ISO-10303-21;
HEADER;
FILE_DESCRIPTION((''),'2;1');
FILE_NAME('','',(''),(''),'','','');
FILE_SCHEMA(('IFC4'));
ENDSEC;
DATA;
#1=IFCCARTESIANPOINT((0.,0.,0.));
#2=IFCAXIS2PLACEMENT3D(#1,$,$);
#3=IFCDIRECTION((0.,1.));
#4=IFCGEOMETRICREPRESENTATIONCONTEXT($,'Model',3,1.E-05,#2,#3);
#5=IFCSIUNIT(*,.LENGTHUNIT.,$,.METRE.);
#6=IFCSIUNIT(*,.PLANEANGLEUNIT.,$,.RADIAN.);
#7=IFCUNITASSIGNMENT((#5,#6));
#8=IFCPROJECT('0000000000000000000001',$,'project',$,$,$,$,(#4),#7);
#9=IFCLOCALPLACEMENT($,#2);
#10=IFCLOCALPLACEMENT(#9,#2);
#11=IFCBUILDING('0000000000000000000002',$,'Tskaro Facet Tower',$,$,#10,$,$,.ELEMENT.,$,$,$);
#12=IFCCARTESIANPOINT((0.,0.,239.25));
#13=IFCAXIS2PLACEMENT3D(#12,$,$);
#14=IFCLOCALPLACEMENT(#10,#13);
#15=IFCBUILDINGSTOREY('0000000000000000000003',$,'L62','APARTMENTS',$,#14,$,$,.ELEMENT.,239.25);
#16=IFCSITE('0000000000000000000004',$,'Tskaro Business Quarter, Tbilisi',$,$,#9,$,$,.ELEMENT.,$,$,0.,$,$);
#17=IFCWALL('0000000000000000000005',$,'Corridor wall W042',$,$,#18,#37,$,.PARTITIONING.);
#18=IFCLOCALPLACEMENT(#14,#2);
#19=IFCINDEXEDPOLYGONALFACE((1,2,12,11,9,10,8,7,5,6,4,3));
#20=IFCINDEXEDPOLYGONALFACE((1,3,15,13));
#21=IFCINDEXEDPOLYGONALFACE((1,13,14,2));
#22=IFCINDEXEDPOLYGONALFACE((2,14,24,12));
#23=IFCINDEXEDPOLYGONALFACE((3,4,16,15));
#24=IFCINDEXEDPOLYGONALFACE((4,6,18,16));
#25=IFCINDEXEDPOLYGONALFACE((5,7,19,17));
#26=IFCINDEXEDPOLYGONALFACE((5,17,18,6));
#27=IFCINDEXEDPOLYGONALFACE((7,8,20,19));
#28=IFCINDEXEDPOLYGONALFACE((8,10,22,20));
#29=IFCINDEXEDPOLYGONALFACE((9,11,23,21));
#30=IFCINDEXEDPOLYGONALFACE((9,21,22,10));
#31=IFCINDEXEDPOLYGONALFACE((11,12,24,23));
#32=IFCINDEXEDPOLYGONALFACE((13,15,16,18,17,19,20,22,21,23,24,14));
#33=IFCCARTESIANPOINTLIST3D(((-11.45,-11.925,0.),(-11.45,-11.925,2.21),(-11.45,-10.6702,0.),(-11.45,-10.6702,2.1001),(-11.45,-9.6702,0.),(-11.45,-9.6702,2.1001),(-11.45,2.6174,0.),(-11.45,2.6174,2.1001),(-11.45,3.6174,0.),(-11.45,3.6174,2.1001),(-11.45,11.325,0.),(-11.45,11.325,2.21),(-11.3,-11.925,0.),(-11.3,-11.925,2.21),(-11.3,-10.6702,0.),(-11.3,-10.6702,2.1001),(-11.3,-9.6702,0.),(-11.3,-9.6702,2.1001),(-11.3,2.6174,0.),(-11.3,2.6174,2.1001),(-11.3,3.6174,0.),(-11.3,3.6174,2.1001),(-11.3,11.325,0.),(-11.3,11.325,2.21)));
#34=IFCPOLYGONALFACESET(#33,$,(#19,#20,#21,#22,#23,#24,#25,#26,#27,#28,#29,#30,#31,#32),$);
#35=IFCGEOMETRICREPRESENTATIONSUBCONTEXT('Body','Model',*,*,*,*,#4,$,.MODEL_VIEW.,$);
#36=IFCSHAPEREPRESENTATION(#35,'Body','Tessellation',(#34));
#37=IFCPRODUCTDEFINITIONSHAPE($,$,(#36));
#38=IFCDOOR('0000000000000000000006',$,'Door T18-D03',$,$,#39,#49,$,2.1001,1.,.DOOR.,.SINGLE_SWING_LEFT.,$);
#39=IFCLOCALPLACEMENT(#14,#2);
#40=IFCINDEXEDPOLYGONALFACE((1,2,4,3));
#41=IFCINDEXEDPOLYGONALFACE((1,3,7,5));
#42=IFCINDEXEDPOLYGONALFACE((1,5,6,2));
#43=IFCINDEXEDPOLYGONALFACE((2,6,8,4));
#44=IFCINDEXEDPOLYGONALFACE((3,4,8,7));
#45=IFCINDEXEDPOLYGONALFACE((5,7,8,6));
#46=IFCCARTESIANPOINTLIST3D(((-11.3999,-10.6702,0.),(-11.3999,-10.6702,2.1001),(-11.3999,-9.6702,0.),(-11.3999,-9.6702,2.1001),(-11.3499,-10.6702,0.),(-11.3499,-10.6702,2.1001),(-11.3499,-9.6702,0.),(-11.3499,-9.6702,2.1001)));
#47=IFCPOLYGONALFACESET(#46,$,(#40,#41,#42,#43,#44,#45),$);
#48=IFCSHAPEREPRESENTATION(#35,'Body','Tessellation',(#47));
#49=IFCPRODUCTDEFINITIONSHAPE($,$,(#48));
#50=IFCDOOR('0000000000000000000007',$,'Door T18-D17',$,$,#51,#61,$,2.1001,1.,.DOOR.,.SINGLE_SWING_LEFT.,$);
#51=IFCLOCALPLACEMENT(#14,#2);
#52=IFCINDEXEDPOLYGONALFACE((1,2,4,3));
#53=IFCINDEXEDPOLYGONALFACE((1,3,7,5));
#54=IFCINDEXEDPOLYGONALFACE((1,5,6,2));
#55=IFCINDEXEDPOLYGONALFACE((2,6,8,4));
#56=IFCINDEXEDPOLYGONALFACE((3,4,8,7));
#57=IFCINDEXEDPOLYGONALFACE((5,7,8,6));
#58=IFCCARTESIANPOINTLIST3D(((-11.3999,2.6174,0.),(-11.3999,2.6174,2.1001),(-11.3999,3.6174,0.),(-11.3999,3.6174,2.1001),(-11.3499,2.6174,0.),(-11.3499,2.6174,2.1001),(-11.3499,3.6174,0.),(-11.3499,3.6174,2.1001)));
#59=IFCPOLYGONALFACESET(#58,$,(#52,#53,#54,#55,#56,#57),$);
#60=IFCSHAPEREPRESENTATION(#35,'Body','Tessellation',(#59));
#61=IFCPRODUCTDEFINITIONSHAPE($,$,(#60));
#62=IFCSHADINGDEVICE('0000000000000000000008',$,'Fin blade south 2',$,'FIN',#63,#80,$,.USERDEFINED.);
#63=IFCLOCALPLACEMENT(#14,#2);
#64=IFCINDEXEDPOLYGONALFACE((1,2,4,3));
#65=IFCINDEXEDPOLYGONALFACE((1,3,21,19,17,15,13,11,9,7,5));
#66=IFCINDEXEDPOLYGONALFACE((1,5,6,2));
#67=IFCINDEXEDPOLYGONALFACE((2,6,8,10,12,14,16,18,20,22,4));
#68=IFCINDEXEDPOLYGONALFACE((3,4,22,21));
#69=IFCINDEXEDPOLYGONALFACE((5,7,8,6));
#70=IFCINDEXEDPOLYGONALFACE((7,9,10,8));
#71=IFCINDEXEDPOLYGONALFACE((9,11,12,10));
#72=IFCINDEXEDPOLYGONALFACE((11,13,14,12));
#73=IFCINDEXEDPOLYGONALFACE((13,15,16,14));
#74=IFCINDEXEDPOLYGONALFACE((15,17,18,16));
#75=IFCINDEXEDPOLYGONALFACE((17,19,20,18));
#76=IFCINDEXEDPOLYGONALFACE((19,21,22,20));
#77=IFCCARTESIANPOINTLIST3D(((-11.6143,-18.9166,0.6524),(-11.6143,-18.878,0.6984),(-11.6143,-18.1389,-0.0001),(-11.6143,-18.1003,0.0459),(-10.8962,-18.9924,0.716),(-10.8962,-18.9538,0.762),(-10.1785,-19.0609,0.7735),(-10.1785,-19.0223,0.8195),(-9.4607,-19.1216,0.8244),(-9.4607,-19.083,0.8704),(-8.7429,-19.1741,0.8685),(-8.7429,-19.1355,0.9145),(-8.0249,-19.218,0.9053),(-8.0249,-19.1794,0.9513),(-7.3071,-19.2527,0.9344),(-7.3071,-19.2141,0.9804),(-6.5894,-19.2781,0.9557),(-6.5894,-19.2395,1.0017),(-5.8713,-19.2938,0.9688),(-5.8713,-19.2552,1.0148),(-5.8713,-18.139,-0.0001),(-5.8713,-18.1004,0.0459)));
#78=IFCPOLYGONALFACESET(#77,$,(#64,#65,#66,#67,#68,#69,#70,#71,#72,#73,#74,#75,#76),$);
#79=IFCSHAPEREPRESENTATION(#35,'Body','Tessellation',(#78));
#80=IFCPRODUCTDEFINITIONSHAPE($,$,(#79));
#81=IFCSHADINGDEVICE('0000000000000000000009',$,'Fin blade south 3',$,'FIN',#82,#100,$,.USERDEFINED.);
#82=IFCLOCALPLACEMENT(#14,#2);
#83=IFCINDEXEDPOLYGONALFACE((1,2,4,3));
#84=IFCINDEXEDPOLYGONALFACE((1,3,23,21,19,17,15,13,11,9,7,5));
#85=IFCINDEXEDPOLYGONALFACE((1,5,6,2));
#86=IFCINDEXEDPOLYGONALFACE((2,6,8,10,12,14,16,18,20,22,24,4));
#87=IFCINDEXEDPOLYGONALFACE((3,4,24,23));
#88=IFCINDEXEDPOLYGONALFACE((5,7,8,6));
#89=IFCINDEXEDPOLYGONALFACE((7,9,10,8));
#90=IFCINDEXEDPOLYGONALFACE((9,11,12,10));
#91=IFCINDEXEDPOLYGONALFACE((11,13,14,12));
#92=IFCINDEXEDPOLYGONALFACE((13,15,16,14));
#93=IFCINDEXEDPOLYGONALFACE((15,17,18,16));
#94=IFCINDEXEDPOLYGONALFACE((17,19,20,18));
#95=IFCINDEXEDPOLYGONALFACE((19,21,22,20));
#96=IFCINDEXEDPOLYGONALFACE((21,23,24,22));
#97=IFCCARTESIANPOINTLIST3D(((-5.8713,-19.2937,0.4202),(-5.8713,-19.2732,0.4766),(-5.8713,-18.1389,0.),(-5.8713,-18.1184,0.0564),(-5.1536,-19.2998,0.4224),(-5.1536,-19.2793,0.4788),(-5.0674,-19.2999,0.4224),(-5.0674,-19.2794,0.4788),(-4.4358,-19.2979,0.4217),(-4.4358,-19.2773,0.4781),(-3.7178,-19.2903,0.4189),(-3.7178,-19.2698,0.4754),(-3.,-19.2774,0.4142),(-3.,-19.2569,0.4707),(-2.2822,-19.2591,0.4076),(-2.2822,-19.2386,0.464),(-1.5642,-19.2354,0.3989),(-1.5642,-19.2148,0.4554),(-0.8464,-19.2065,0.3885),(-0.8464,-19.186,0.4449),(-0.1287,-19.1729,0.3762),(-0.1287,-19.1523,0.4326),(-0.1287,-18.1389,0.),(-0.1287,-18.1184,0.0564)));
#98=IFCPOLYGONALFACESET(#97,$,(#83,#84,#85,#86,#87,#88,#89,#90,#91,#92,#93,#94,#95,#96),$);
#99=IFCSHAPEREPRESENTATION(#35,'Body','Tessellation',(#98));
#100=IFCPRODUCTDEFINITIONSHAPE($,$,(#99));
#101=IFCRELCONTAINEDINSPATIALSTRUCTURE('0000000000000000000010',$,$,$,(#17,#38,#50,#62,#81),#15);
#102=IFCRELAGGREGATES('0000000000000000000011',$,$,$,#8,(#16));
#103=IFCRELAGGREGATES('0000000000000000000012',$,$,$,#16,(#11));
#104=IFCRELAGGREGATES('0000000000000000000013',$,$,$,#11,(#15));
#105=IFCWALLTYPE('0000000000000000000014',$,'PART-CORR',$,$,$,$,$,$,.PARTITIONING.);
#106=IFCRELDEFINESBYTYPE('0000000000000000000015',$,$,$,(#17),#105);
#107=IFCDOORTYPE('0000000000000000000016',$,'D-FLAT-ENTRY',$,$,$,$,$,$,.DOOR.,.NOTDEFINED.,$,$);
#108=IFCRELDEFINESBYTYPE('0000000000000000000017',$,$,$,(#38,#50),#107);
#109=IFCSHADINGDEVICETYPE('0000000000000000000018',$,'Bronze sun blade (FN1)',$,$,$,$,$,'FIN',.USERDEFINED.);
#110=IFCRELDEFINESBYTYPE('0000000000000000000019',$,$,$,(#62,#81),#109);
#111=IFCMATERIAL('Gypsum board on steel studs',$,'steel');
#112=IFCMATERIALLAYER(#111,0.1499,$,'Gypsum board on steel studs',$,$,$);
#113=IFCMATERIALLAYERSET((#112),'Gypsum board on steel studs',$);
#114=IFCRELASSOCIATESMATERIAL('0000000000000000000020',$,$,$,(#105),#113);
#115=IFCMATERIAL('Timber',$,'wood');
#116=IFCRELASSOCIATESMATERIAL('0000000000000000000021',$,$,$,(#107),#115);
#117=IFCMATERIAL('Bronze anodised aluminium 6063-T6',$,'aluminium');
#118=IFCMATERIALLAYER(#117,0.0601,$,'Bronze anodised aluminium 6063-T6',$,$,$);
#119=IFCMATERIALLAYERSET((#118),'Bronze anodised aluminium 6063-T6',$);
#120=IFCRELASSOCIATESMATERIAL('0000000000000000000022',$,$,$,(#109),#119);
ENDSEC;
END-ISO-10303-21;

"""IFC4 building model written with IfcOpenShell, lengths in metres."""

from ifc_helpers import new_model, si_unit, direction, frame, frame_2d, origin, place, context, subcontext, project, spatial, polyline, rectangle, outline, extrude, material, layer, layer_set, type_object, element, fill, save


model = new_model("IFC4")

# Units and contexts
model_context = context("Model", 3, precision=1e-05, world=origin(), true_north=direction((0.0, 1.0)))
body_context = subcontext(model_context, "Body", "Model", "MODEL_VIEW")
ifc_project = project(units=[si_unit("LENGTHUNIT", "METRE"), si_unit("PLANEANGLEUNIT", "RADIAN")], contexts=[model_context])

# Site, building, storey
site_placement = place(None, origin())
site = spatial("IfcSite", under=ifc_project, at=site_placement, Name="Tskaro Business Quarter, Tbilisi", CompositionType="ELEMENT", RefElevation=0.0)
building_placement = place(site_placement, origin())
building = spatial("IfcBuilding", under=site, at=building_placement, Name="Tskaro Facet Tower", CompositionType="ELEMENT")
storey_placement = place(building_placement, frame((0.0, 0.0, 239.25)))
storey = spatial("IfcBuildingStorey", under=building, at=storey_placement, Name="L62", Description="APARTMENTS", CompositionType="ELEMENT", Elevation=239.25)

# Shared definitions
ifc_material_1 = material(Name="Bronze anodised aluminium 6063-T6", Category="aluminium")

# Shared definitions
ifc_material_2 = material(Name="Gypsum board on steel studs", Category="steel")

# Shared definitions
ifc_layer_1 = layer(ifc_material_2, 0.1499, Name="Gypsum board on steel studs")
ifc_layer_set_1 = layer_set([ifc_layer_1], Name="Gypsum board on steel studs")
wall_type_1 = type_object("IfcWallType", Name="PART-CORR", PredefinedType="PARTITIONING", material=ifc_layer_set_1)
ifc_material_3 = material(Name="Timber", Category="wood")

# Wall, openings, doors
wall_1_placement = place(storey_placement, frame((-11.375, -11.925, 0.0), z_axis=(0.0, 0.0, 1.0), x_axis=(0.0, 1.0, 0.0)))
wall_1 = element("IfcWall", 1, at=wall_1_placement, inside=storey, type_object=wall_type_1, Name="Corridor wall W042", PredefinedType="PARTITIONING", context=body_context, shape_type="SweptSolid", body=[
    extrude(rectangle(XDim=23.25, YDim=0.1499, at=frame_2d((11.625, 0.0))), origin(), (0.0, 0.0, 1.0), 2.21),
])
opening_1_placement = place(wall_1_placement, frame((1.2549, 0.0, 0.0)))
opening_1 = element("IfcOpeningElement", 2, at=opening_1_placement, cuts=wall_1, PredefinedType="OPENING", context=body_context, shape_type="SweptSolid", body=[
    extrude(rectangle(XDim=1.0, YDim=2.1001, at=frame_2d((0.5, 1.05))), frame((0.0, 0.085, 0.0), z_axis=(0.0, -1.0, 0.0), x_axis=(1.0, 0.0, 0.0)), (0.0, 0.0, 1.0), 0.1699),
])
opening_2_placement = place(wall_1_placement, frame((14.5425, 0.0, 0.0)))
opening_2 = element("IfcOpeningElement", 3, at=opening_2_placement, cuts=wall_1, PredefinedType="OPENING", context=body_context, shape_type="SweptSolid", body=[
    extrude(rectangle(XDim=1.0, YDim=2.1001, at=frame_2d((0.5, 1.05))), frame((0.0, 0.085, 0.0), z_axis=(0.0, -1.0, 0.0), x_axis=(1.0, 0.0, 0.0)), (0.0, 0.0, 1.0), 0.1699),
])
door_type_1 = type_object("IfcDoorType", Name="D-FLAT-ENTRY", OperationType="NOTDEFINED", PredefinedType="DOOR", material=ifc_material_3)
door_1_placement = place(opening_1_placement, origin())
door_1 = element("IfcDoor", 4, at=door_1_placement, inside=storey, type_object=door_type_1, Name="Door T18-D03", OperationType="SINGLE_SWING_LEFT", OverallHeight=2.1001, OverallWidth=1.0, PredefinedType="DOOR", context=body_context, shape_type="SweptSolid", body=[
    extrude(rectangle(XDim=1.0, YDim=2.1001, at=frame_2d((0.5, 1.05))), frame((0.0, 0.0249, 0.0), z_axis=(0.0, -1.0, 0.0), x_axis=(1.0, 0.0, 0.0)), (0.0, 0.0, 1.0), 0.05),
])
fill(opening_1, door_1)
door_2_placement = place(opening_2_placement, origin())
door_2 = element("IfcDoor", 5, at=door_2_placement, inside=storey, type_object=door_type_1, Name="Door T18-D17", OperationType="SINGLE_SWING_LEFT", OverallHeight=2.1001, OverallWidth=1.0, PredefinedType="DOOR", context=body_context, shape_type="SweptSolid", body=[
    extrude(rectangle(XDim=1.0, YDim=2.1001, at=frame_2d((0.5, 1.05))), frame((0.0, 0.0249, 0.0), z_axis=(0.0, -1.0, 0.0), x_axis=(1.0, 0.0, 0.0)), (0.0, 0.0, 1.0), 0.05),
])
fill(opening_2, door_2)

# Shading devices
ifc_layer_2 = layer(ifc_material_1, 0.0601, Name="Bronze anodised aluminium 6063-T6")
ifc_layer_set_2 = layer_set([ifc_layer_2], Name="Bronze anodised aluminium 6063-T6")
shading_device_type = type_object("IfcShadingDeviceType", Name="Bronze sun blade (FN1)", ElementType="FIN", PredefinedType="USERDEFINED", material=ifc_layer_set_2)
shading_device_1_placement = place(storey_placement, frame((-11.6143, -18.1003, 0.0459), z_axis=(0.000004, 0.642776, 0.766054), x_axis=(1.0, -0.000002, -0.000003)))
element("IfcShadingDevice", 6, at=shading_device_1_placement, inside=storey, type_object=shading_device_type, Name="Fin blade south 2", ObjectType="FIN", PredefinedType="USERDEFINED", context=body_context, shape_type="SweptSolid", body=[
    extrude(outline(polyline([(0.0, 0.0), (5.7429, 0.0), (5.7429, -1.5075), (5.0249, -1.487), (4.3071, -1.4539), (3.5894, -1.4085), (2.8713, -1.3513), (2.1536, -1.2827), (1.4358, -1.2035), (0.718, -1.1141), (0.0, -1.0151), (0.0, 0.0)])), origin(), (0.0, 0.0, -1.0), 0.0601),
])
shading_device_2_placement = place(storey_placement, frame((-5.8713, -18.1184, 0.0564), z_axis=(-0.000003, 0.341947, 0.939719), x_axis=(1.0, 0.000001, 0.000002)))
element("IfcShadingDevice", 7, at=shading_device_2_placement, inside=storey, type_object=shading_device_type, Name="Fin blade south 3", ObjectType="FIN", PredefinedType="USERDEFINED", context=body_context, shape_type="SweptSolid", body=[
    extrude(outline(polyline([(0.0, 0.0), (5.7427, 0.0), (5.7427, -1.1003), (5.0249, -1.1361), (4.3071, -1.1668), (3.5891, -1.192), (2.8713, -1.2115), (2.1536, -1.2252), (1.4355, -1.2332), (0.804, -1.2354), (0.7178, -1.2353), (0.0, -1.2288), (0.0, 0.0)])), origin(), (0.0, 0.0, -1.0), 0.0601),
])

save(model, "model.ifc")
